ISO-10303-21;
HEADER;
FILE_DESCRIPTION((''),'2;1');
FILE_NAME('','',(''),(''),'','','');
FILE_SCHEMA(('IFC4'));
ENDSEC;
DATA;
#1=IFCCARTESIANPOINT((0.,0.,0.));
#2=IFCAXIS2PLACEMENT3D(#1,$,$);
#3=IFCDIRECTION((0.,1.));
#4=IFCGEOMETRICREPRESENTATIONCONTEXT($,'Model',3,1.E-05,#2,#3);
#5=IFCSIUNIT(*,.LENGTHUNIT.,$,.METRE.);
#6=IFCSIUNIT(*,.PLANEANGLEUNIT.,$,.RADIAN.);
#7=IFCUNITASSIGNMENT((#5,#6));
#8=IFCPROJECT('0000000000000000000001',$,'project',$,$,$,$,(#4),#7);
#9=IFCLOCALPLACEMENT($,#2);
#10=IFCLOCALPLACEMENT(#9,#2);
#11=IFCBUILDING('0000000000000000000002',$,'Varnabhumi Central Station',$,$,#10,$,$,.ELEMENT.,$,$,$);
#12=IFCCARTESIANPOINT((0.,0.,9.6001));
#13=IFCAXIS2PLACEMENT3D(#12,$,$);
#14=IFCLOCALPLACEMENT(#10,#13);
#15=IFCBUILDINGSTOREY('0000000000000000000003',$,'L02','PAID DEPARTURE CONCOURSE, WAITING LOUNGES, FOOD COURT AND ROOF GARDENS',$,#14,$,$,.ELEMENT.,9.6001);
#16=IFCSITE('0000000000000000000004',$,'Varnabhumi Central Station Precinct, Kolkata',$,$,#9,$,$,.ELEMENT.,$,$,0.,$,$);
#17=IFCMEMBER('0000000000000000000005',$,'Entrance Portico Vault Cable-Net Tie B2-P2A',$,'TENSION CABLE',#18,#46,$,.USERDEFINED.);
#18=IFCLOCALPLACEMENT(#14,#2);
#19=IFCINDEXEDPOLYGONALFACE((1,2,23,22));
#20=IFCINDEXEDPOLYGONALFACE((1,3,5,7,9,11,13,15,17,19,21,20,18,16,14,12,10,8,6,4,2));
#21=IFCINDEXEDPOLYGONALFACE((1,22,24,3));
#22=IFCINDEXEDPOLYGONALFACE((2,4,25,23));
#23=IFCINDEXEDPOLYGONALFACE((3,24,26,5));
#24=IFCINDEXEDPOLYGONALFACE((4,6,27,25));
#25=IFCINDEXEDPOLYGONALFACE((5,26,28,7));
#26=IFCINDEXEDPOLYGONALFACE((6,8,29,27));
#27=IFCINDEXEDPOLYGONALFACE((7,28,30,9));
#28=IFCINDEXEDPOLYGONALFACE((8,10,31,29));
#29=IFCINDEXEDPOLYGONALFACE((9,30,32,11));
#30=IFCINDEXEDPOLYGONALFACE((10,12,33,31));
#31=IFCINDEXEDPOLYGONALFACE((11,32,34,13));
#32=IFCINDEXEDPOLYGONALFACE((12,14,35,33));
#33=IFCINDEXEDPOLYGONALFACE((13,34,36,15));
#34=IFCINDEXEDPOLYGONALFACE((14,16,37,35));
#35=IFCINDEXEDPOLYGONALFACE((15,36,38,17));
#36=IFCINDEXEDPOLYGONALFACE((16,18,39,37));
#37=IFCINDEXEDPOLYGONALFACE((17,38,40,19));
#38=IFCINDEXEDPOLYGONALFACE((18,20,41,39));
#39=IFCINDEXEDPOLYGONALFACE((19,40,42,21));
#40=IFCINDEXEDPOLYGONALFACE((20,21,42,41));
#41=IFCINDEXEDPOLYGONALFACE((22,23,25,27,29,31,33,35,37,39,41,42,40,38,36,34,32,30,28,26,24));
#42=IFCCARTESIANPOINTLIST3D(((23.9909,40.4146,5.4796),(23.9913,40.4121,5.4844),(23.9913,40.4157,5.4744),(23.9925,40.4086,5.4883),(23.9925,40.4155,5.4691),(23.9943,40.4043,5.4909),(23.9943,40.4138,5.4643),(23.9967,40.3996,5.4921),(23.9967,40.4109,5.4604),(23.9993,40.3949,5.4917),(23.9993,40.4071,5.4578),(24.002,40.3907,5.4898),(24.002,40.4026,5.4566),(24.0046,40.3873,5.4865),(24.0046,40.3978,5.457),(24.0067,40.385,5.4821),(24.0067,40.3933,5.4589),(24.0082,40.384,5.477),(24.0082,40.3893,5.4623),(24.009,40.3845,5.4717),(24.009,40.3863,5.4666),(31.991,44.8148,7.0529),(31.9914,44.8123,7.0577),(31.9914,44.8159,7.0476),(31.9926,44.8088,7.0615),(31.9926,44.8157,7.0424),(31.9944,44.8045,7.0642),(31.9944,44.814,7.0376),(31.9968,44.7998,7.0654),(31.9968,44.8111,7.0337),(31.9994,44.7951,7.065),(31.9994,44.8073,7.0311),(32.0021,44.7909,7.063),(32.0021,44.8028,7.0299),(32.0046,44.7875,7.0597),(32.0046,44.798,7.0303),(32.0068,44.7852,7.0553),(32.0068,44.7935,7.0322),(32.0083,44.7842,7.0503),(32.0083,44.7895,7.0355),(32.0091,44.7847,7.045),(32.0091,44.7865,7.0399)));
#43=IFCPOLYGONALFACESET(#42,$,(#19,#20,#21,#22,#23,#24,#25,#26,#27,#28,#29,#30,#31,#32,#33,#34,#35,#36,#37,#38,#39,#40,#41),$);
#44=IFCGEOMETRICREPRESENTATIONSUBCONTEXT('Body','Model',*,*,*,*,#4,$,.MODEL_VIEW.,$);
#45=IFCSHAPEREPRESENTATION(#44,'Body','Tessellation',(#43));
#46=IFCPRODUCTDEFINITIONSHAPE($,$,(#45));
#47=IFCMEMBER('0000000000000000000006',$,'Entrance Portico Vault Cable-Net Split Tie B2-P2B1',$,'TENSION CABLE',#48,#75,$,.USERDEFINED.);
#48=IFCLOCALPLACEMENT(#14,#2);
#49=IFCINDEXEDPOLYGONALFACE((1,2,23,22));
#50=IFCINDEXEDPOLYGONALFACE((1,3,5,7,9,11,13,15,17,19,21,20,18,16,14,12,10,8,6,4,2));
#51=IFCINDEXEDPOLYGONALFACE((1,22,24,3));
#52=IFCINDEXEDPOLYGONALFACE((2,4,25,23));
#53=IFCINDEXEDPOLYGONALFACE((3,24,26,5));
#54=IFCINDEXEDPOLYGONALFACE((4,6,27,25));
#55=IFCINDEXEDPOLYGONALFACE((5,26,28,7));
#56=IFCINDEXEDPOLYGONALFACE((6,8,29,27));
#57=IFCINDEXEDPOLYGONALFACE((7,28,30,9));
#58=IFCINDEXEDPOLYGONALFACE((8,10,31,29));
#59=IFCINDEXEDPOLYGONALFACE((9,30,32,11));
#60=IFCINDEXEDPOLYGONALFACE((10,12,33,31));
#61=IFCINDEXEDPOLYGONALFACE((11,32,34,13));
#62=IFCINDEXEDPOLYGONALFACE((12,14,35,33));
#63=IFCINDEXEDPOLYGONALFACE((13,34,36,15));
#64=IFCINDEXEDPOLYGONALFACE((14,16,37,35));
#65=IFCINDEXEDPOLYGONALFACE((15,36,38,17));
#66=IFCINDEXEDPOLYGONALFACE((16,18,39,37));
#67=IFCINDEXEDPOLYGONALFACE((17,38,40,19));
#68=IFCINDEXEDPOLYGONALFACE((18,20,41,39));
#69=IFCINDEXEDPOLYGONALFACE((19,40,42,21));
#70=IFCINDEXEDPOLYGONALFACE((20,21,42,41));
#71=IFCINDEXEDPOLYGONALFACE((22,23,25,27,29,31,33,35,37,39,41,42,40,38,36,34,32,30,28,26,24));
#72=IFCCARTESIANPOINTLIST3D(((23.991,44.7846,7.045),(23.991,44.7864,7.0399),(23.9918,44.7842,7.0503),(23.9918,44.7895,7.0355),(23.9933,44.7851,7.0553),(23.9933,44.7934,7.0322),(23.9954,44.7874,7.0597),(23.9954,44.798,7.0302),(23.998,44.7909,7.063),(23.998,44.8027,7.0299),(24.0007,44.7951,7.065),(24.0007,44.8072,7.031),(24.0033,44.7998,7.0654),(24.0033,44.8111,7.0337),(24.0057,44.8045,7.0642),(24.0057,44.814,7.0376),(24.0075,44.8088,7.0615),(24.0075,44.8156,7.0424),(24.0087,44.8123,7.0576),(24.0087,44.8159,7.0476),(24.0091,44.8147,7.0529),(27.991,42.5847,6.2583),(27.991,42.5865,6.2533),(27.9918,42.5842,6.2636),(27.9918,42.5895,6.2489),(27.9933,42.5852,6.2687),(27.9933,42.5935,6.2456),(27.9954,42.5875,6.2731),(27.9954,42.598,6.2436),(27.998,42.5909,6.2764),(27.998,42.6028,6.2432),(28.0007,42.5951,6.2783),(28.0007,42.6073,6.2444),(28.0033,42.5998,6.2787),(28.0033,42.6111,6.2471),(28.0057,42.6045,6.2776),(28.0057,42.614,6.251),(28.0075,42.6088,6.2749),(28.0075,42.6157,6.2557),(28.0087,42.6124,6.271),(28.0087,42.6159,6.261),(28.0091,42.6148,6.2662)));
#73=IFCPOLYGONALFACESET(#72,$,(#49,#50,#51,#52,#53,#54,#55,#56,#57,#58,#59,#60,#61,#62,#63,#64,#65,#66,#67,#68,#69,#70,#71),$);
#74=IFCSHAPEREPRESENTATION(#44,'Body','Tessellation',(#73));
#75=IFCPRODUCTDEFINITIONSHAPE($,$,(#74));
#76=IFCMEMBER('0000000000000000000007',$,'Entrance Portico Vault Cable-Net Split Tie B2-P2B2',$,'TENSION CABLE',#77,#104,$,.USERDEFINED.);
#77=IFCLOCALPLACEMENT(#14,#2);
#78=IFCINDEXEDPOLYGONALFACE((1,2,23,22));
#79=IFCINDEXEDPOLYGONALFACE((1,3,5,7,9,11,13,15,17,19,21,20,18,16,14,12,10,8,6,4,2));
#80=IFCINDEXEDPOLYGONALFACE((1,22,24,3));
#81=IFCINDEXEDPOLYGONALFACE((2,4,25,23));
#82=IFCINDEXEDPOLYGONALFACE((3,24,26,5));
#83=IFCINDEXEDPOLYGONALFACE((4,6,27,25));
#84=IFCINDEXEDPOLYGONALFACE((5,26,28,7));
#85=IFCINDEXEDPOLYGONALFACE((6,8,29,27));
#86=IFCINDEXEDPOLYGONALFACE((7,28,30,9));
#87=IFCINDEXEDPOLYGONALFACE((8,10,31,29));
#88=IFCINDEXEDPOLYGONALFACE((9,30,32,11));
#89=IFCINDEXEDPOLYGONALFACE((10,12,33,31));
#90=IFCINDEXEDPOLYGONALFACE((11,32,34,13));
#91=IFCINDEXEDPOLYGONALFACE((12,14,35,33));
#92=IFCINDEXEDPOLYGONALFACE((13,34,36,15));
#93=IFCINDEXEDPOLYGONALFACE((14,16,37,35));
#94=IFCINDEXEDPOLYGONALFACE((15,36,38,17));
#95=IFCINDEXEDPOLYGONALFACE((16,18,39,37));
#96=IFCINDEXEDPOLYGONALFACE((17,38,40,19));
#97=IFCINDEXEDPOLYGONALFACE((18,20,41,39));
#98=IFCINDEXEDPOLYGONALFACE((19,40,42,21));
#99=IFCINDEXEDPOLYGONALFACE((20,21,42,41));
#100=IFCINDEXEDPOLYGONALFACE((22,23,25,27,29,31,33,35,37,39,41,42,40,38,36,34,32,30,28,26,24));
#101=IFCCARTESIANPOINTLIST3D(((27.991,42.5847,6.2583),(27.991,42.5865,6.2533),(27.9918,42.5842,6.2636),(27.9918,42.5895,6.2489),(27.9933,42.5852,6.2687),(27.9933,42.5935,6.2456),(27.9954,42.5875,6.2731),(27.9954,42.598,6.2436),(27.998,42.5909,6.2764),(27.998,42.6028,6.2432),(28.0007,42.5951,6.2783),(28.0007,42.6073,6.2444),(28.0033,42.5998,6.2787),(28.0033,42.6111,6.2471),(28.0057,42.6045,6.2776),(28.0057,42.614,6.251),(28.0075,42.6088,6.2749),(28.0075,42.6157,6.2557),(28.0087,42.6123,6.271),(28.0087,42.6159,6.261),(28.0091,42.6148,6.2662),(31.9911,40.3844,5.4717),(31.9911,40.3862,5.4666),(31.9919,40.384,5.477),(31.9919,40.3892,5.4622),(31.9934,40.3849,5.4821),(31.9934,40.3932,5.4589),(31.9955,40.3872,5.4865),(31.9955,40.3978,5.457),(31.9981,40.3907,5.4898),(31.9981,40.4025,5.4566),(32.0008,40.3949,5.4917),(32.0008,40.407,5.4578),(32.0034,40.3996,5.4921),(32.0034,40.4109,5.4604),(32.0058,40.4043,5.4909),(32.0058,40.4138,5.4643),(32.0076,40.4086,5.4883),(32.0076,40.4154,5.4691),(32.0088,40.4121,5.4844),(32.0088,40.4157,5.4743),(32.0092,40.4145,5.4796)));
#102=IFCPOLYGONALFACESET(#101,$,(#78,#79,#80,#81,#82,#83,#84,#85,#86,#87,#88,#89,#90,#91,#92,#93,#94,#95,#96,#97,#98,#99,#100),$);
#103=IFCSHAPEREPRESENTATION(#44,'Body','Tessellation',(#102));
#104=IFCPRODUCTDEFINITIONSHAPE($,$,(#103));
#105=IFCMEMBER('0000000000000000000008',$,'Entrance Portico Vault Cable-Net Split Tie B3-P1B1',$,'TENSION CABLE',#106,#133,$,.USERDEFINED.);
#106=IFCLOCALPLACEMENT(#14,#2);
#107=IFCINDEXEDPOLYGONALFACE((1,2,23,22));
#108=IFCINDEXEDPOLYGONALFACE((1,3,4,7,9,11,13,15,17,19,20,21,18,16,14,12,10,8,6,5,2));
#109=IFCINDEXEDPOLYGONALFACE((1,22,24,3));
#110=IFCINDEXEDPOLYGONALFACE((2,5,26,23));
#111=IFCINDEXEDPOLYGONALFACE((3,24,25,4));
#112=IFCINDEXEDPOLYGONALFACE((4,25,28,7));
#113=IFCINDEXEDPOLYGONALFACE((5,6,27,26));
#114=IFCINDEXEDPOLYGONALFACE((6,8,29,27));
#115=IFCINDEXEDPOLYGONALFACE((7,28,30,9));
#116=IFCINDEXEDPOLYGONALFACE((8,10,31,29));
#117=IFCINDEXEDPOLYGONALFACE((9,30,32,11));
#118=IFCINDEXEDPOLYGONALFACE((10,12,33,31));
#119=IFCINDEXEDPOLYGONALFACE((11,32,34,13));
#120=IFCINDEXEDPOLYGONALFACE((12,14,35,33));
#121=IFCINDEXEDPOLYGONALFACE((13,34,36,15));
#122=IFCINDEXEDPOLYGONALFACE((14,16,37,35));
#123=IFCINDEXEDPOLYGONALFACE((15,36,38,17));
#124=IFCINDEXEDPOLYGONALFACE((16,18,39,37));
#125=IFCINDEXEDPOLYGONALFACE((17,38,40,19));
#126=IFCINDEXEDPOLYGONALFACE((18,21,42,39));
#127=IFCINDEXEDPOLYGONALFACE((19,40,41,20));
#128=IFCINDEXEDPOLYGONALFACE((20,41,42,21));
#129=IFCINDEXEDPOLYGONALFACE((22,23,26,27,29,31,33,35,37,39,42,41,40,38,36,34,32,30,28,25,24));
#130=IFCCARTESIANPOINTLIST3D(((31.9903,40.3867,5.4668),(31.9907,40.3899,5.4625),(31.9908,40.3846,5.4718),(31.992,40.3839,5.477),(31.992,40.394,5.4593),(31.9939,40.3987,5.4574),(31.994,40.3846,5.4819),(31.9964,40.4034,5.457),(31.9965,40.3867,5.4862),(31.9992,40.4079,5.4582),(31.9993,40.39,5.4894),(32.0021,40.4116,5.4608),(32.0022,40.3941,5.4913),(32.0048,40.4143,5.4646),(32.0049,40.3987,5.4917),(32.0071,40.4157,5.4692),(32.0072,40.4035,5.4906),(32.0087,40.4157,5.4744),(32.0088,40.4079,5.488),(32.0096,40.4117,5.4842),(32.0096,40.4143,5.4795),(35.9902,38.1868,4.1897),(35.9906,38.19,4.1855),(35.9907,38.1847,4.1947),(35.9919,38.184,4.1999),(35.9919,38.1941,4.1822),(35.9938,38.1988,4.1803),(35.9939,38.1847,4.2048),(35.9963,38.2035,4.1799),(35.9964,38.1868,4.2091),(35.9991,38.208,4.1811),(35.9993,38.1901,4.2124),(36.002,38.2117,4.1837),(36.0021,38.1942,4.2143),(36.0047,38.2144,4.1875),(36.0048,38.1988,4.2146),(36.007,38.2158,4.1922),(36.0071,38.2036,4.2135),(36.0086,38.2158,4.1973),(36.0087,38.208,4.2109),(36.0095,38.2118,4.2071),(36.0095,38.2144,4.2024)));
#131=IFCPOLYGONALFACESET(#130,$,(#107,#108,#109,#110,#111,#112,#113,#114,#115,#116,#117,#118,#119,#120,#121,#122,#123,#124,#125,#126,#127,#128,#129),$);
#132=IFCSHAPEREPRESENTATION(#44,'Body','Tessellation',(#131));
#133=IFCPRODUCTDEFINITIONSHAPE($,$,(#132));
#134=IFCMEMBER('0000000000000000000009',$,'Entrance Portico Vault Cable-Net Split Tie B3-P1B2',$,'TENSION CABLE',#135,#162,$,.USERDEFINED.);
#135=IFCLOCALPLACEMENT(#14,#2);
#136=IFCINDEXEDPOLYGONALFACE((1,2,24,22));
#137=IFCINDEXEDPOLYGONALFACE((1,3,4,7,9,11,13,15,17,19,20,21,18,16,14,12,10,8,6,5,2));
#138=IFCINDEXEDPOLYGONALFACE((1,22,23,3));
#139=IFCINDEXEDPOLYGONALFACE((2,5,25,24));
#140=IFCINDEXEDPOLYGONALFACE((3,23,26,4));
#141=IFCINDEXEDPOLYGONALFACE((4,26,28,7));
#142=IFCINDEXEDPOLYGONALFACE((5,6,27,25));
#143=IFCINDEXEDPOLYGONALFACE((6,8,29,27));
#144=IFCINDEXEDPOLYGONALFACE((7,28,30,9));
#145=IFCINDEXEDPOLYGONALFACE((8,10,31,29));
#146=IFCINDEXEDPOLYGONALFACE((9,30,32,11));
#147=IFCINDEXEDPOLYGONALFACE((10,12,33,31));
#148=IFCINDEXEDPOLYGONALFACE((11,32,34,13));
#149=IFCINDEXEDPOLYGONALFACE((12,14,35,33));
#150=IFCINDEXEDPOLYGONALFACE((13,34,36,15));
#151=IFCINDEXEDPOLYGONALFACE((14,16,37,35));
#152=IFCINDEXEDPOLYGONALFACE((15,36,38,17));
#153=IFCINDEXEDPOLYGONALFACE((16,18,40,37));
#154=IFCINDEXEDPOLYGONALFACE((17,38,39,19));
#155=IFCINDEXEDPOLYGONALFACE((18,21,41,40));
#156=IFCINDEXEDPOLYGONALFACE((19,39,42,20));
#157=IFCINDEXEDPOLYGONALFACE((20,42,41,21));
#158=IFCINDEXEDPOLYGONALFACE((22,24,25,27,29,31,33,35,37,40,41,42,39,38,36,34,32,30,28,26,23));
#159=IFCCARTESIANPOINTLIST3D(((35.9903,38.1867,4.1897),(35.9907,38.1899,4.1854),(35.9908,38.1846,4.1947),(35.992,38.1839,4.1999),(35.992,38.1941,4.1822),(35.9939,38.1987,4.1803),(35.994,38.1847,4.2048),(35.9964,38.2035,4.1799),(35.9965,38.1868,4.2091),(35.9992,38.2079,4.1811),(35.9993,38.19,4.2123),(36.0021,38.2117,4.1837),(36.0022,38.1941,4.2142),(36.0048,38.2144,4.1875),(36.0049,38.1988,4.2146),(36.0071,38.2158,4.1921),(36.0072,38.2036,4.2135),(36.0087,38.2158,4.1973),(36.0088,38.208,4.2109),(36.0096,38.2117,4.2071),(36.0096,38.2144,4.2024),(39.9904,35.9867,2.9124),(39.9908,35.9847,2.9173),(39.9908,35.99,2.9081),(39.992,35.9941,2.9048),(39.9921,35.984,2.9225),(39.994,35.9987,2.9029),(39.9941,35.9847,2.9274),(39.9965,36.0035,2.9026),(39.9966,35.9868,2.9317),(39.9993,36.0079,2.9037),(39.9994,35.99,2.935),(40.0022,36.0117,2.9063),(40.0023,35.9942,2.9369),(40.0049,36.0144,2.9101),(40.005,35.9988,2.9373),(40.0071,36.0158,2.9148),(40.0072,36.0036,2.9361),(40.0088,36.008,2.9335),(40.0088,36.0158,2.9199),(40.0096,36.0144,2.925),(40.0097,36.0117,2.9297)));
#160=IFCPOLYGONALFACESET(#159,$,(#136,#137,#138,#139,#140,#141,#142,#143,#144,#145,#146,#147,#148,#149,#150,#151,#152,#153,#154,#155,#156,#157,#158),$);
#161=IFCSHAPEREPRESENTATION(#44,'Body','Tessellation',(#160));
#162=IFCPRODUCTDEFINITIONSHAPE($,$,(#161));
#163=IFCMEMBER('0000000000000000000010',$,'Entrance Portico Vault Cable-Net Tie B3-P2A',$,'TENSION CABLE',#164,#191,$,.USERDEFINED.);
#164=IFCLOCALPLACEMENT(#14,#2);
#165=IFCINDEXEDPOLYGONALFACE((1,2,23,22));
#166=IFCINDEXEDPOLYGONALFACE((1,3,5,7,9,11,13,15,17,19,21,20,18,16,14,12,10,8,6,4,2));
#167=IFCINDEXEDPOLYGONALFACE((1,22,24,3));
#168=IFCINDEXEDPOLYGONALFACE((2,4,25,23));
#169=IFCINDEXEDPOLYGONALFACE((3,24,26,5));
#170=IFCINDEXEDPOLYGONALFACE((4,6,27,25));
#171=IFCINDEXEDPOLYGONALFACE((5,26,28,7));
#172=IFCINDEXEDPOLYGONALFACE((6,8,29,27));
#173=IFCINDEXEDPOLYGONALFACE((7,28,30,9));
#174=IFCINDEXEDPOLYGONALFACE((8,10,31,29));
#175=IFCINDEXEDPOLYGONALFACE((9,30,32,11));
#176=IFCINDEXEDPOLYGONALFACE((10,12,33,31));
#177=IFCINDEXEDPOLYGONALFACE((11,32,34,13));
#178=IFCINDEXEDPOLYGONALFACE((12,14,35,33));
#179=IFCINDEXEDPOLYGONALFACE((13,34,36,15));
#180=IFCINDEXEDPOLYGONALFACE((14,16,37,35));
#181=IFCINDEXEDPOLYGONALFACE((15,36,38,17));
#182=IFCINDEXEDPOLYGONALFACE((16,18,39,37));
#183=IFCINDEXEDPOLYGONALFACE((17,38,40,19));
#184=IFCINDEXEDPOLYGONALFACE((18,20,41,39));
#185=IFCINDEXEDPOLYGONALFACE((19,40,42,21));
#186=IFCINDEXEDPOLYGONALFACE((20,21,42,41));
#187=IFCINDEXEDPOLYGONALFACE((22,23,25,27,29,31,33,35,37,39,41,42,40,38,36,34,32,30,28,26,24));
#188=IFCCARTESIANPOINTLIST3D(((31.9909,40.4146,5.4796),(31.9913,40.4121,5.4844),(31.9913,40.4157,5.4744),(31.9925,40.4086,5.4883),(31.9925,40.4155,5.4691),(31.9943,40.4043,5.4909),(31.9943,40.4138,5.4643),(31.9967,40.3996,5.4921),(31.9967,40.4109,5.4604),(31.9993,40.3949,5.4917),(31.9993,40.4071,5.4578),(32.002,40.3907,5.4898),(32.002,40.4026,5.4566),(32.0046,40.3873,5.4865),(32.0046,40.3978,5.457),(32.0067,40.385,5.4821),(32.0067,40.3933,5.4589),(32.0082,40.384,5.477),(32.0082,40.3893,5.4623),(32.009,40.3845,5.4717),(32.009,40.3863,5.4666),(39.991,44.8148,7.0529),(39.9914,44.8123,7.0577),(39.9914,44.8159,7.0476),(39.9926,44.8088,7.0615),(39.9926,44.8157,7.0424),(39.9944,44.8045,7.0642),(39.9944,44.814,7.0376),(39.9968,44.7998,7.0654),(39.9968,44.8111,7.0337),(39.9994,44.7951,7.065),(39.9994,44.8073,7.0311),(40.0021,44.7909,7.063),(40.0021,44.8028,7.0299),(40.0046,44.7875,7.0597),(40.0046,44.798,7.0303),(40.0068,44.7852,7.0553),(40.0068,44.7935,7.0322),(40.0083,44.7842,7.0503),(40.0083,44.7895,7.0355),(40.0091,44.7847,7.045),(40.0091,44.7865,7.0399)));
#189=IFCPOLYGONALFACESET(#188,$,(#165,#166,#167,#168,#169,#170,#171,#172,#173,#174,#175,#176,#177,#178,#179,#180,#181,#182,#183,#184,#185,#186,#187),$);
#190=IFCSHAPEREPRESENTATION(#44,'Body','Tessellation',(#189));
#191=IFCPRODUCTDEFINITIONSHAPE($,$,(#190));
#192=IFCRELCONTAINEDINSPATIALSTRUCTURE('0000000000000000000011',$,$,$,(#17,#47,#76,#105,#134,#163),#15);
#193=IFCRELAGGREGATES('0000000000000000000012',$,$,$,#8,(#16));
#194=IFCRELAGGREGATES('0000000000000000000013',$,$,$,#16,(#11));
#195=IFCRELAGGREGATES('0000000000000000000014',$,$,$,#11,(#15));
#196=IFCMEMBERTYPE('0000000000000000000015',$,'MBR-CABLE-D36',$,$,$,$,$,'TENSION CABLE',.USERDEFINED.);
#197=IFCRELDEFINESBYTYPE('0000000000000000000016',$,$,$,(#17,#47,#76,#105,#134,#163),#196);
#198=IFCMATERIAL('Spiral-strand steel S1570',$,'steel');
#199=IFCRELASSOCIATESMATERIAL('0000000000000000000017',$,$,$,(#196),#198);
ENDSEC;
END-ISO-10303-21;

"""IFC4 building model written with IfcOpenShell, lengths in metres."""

from ifc_helpers import new_model, si_unit, direction, frame, origin, origin_2d, place, context, subcontext, project, spatial, circle, extrude, material, material_profile, profile_set, type_object, element, save


model = new_model("IFC4")

# Units and contexts
model_context = context("Model", 3, precision=1e-05, world=origin(), true_north=direction((0.0, 1.0)))
body_context = subcontext(model_context, "Body", "Model", "MODEL_VIEW")
ifc_project = project(units=[si_unit("LENGTHUNIT", "METRE"), si_unit("PLANEANGLEUNIT", "RADIAN")], contexts=[model_context])

# Site, building, storey
site_placement = place(None, origin())
site = spatial("IfcSite", under=ifc_project, at=site_placement, Name="Varnabhumi Central Station Precinct, Kolkata", CompositionType="ELEMENT", RefElevation=0.0)
building_placement = place(site_placement, origin())
building = spatial("IfcBuilding", under=site, at=building_placement, Name="Varnabhumi Central Station", CompositionType="ELEMENT")
storey_placement = place(building_placement, frame((0.0, 0.0, 9.6001)))
storey = spatial("IfcBuildingStorey", under=building, at=storey_placement, Name="L02", Description="PAID DEPARTURE CONCOURSE, WAITING LOUNGES, FOOD COURT AND ROOF GARDENS", CompositionType="ELEMENT", Elevation=9.6001)

# Members
ifc_material_1 = material(Name="Spiral-strand steel S1570", Category="steel")
ifc_material_profile_1 = material_profile(ifc_material_1, circle(Radius=0.0181, at=origin_2d()), Name="Spiral-strand steel S1570", Category="steel")
ifc_profile_set_1 = profile_set([ifc_material_profile_1], Name="Spiral-strand steel S1570")
member_type_1 = type_object("IfcMemberType", Name="MBR-CABLE-D36", ElementType="TENSION CABLE", PredefinedType="USERDEFINED", material=ifc_profile_set_1)
member_1_placement = place(storey_placement, frame((24.0, 40.3999, 5.4744), z_axis=(0.863484, 0.474932, 0.169809), x_axis=(-0.481931, 0.876209, 0.0)))
element("IfcMember", 1, at=member_1_placement, inside=storey, type_object=member_type_1, Name="Entrance Portico Vault Cable-Net Tie B2-P2A", ObjectType="TENSION CABLE", PredefinedType="USERDEFINED", context=body_context, shape_type="SweptSolid", body=[
    extrude(circle(Radius=0.0181, at=origin_2d()), origin(), (0.0, 0.0, 1.0), 9.2649),
])
member_2_placement = place(storey_placement, frame((24.0, 44.8, 7.0476), z_axis=(0.863495, -0.474912, -0.169811), x_axis=(0.481911, 0.87622, 0.0)))
element("IfcMember", 2, at=member_2_placement, inside=storey, type_object=member_type_1, Name="Entrance Portico Vault Cable-Net Split Tie B2-P2B1", ObjectType="TENSION CABLE", PredefinedType="USERDEFINED", context=body_context, shape_type="SweptSolid", body=[
    extrude(circle(Radius=0.0181, at=origin_2d()), origin(), (0.0, 0.0, 1.0), 4.6323),
])
member_3_placement = place(storey_placement, frame((28.0, 42.6001, 6.261), z_axis=(0.863473, -0.474952, -0.169807), x_axis=(0.481952, 0.876198, 0.0)))
element("IfcMember", 3, at=member_3_placement, inside=storey, type_object=member_type_1, Name="Entrance Portico Vault Cable-Net Split Tie B2-P2B2", ObjectType="TENSION CABLE", PredefinedType="USERDEFINED", context=body_context, shape_type="SweptSolid", body=[
    extrude(circle(Radius=0.0181, at=origin_2d()), origin(), (0.0, 0.0, 1.0), 4.6326),
])
member_4_placement = place(storey_placement, frame((32.0, 40.3999, 5.4744), z_axis=(0.843822, -0.464092, -0.269411), x_axis=(0.481911, 0.87622, 0.0)))
element("IfcMember", 4, at=member_4_placement, inside=storey, type_object=member_type_1, Name="Entrance Portico Vault Cable-Net Split Tie B3-P1B1", ObjectType="TENSION CABLE", PredefinedType="USERDEFINED", context=body_context, shape_type="SweptSolid", body=[
    extrude(circle(Radius=0.0181, at=origin_2d()), origin(), (0.0, 0.0, 1.0), 4.7402),
])
member_5_placement = place(storey_placement, frame((36.0, 38.2, 4.1973), z_axis=(0.843811, -0.464086, -0.269459), x_axis=(0.481911, 0.87622, 0.0)))
element("IfcMember", 5, at=member_5_placement, inside=storey, type_object=member_type_1, Name="Entrance Portico Vault Cable-Net Split Tie B3-P1B2", ObjectType="TENSION CABLE", PredefinedType="USERDEFINED", context=body_context, shape_type="SweptSolid", body=[
    extrude(circle(Radius=0.0181, at=origin_2d()), origin(), (0.0, 0.0, 1.0), 4.7405),
])
member_6_placement = place(storey_placement, frame((32.0, 40.3999, 5.4744), z_axis=(0.863484, 0.474932, 0.169809), x_axis=(-0.481931, 0.876209, 0.0)))
element("IfcMember", 6, at=member_6_placement, inside=storey, type_object=member_type_1, Name="Entrance Portico Vault Cable-Net Tie B3-P2A", ObjectType="TENSION CABLE", PredefinedType="USERDEFINED", context=body_context, shape_type="SweptSolid", body=[
    extrude(circle(Radius=0.0181, at=origin_2d()), origin(), (0.0, 0.0, 1.0), 9.2649),
])

save(model, "model.ifc")
